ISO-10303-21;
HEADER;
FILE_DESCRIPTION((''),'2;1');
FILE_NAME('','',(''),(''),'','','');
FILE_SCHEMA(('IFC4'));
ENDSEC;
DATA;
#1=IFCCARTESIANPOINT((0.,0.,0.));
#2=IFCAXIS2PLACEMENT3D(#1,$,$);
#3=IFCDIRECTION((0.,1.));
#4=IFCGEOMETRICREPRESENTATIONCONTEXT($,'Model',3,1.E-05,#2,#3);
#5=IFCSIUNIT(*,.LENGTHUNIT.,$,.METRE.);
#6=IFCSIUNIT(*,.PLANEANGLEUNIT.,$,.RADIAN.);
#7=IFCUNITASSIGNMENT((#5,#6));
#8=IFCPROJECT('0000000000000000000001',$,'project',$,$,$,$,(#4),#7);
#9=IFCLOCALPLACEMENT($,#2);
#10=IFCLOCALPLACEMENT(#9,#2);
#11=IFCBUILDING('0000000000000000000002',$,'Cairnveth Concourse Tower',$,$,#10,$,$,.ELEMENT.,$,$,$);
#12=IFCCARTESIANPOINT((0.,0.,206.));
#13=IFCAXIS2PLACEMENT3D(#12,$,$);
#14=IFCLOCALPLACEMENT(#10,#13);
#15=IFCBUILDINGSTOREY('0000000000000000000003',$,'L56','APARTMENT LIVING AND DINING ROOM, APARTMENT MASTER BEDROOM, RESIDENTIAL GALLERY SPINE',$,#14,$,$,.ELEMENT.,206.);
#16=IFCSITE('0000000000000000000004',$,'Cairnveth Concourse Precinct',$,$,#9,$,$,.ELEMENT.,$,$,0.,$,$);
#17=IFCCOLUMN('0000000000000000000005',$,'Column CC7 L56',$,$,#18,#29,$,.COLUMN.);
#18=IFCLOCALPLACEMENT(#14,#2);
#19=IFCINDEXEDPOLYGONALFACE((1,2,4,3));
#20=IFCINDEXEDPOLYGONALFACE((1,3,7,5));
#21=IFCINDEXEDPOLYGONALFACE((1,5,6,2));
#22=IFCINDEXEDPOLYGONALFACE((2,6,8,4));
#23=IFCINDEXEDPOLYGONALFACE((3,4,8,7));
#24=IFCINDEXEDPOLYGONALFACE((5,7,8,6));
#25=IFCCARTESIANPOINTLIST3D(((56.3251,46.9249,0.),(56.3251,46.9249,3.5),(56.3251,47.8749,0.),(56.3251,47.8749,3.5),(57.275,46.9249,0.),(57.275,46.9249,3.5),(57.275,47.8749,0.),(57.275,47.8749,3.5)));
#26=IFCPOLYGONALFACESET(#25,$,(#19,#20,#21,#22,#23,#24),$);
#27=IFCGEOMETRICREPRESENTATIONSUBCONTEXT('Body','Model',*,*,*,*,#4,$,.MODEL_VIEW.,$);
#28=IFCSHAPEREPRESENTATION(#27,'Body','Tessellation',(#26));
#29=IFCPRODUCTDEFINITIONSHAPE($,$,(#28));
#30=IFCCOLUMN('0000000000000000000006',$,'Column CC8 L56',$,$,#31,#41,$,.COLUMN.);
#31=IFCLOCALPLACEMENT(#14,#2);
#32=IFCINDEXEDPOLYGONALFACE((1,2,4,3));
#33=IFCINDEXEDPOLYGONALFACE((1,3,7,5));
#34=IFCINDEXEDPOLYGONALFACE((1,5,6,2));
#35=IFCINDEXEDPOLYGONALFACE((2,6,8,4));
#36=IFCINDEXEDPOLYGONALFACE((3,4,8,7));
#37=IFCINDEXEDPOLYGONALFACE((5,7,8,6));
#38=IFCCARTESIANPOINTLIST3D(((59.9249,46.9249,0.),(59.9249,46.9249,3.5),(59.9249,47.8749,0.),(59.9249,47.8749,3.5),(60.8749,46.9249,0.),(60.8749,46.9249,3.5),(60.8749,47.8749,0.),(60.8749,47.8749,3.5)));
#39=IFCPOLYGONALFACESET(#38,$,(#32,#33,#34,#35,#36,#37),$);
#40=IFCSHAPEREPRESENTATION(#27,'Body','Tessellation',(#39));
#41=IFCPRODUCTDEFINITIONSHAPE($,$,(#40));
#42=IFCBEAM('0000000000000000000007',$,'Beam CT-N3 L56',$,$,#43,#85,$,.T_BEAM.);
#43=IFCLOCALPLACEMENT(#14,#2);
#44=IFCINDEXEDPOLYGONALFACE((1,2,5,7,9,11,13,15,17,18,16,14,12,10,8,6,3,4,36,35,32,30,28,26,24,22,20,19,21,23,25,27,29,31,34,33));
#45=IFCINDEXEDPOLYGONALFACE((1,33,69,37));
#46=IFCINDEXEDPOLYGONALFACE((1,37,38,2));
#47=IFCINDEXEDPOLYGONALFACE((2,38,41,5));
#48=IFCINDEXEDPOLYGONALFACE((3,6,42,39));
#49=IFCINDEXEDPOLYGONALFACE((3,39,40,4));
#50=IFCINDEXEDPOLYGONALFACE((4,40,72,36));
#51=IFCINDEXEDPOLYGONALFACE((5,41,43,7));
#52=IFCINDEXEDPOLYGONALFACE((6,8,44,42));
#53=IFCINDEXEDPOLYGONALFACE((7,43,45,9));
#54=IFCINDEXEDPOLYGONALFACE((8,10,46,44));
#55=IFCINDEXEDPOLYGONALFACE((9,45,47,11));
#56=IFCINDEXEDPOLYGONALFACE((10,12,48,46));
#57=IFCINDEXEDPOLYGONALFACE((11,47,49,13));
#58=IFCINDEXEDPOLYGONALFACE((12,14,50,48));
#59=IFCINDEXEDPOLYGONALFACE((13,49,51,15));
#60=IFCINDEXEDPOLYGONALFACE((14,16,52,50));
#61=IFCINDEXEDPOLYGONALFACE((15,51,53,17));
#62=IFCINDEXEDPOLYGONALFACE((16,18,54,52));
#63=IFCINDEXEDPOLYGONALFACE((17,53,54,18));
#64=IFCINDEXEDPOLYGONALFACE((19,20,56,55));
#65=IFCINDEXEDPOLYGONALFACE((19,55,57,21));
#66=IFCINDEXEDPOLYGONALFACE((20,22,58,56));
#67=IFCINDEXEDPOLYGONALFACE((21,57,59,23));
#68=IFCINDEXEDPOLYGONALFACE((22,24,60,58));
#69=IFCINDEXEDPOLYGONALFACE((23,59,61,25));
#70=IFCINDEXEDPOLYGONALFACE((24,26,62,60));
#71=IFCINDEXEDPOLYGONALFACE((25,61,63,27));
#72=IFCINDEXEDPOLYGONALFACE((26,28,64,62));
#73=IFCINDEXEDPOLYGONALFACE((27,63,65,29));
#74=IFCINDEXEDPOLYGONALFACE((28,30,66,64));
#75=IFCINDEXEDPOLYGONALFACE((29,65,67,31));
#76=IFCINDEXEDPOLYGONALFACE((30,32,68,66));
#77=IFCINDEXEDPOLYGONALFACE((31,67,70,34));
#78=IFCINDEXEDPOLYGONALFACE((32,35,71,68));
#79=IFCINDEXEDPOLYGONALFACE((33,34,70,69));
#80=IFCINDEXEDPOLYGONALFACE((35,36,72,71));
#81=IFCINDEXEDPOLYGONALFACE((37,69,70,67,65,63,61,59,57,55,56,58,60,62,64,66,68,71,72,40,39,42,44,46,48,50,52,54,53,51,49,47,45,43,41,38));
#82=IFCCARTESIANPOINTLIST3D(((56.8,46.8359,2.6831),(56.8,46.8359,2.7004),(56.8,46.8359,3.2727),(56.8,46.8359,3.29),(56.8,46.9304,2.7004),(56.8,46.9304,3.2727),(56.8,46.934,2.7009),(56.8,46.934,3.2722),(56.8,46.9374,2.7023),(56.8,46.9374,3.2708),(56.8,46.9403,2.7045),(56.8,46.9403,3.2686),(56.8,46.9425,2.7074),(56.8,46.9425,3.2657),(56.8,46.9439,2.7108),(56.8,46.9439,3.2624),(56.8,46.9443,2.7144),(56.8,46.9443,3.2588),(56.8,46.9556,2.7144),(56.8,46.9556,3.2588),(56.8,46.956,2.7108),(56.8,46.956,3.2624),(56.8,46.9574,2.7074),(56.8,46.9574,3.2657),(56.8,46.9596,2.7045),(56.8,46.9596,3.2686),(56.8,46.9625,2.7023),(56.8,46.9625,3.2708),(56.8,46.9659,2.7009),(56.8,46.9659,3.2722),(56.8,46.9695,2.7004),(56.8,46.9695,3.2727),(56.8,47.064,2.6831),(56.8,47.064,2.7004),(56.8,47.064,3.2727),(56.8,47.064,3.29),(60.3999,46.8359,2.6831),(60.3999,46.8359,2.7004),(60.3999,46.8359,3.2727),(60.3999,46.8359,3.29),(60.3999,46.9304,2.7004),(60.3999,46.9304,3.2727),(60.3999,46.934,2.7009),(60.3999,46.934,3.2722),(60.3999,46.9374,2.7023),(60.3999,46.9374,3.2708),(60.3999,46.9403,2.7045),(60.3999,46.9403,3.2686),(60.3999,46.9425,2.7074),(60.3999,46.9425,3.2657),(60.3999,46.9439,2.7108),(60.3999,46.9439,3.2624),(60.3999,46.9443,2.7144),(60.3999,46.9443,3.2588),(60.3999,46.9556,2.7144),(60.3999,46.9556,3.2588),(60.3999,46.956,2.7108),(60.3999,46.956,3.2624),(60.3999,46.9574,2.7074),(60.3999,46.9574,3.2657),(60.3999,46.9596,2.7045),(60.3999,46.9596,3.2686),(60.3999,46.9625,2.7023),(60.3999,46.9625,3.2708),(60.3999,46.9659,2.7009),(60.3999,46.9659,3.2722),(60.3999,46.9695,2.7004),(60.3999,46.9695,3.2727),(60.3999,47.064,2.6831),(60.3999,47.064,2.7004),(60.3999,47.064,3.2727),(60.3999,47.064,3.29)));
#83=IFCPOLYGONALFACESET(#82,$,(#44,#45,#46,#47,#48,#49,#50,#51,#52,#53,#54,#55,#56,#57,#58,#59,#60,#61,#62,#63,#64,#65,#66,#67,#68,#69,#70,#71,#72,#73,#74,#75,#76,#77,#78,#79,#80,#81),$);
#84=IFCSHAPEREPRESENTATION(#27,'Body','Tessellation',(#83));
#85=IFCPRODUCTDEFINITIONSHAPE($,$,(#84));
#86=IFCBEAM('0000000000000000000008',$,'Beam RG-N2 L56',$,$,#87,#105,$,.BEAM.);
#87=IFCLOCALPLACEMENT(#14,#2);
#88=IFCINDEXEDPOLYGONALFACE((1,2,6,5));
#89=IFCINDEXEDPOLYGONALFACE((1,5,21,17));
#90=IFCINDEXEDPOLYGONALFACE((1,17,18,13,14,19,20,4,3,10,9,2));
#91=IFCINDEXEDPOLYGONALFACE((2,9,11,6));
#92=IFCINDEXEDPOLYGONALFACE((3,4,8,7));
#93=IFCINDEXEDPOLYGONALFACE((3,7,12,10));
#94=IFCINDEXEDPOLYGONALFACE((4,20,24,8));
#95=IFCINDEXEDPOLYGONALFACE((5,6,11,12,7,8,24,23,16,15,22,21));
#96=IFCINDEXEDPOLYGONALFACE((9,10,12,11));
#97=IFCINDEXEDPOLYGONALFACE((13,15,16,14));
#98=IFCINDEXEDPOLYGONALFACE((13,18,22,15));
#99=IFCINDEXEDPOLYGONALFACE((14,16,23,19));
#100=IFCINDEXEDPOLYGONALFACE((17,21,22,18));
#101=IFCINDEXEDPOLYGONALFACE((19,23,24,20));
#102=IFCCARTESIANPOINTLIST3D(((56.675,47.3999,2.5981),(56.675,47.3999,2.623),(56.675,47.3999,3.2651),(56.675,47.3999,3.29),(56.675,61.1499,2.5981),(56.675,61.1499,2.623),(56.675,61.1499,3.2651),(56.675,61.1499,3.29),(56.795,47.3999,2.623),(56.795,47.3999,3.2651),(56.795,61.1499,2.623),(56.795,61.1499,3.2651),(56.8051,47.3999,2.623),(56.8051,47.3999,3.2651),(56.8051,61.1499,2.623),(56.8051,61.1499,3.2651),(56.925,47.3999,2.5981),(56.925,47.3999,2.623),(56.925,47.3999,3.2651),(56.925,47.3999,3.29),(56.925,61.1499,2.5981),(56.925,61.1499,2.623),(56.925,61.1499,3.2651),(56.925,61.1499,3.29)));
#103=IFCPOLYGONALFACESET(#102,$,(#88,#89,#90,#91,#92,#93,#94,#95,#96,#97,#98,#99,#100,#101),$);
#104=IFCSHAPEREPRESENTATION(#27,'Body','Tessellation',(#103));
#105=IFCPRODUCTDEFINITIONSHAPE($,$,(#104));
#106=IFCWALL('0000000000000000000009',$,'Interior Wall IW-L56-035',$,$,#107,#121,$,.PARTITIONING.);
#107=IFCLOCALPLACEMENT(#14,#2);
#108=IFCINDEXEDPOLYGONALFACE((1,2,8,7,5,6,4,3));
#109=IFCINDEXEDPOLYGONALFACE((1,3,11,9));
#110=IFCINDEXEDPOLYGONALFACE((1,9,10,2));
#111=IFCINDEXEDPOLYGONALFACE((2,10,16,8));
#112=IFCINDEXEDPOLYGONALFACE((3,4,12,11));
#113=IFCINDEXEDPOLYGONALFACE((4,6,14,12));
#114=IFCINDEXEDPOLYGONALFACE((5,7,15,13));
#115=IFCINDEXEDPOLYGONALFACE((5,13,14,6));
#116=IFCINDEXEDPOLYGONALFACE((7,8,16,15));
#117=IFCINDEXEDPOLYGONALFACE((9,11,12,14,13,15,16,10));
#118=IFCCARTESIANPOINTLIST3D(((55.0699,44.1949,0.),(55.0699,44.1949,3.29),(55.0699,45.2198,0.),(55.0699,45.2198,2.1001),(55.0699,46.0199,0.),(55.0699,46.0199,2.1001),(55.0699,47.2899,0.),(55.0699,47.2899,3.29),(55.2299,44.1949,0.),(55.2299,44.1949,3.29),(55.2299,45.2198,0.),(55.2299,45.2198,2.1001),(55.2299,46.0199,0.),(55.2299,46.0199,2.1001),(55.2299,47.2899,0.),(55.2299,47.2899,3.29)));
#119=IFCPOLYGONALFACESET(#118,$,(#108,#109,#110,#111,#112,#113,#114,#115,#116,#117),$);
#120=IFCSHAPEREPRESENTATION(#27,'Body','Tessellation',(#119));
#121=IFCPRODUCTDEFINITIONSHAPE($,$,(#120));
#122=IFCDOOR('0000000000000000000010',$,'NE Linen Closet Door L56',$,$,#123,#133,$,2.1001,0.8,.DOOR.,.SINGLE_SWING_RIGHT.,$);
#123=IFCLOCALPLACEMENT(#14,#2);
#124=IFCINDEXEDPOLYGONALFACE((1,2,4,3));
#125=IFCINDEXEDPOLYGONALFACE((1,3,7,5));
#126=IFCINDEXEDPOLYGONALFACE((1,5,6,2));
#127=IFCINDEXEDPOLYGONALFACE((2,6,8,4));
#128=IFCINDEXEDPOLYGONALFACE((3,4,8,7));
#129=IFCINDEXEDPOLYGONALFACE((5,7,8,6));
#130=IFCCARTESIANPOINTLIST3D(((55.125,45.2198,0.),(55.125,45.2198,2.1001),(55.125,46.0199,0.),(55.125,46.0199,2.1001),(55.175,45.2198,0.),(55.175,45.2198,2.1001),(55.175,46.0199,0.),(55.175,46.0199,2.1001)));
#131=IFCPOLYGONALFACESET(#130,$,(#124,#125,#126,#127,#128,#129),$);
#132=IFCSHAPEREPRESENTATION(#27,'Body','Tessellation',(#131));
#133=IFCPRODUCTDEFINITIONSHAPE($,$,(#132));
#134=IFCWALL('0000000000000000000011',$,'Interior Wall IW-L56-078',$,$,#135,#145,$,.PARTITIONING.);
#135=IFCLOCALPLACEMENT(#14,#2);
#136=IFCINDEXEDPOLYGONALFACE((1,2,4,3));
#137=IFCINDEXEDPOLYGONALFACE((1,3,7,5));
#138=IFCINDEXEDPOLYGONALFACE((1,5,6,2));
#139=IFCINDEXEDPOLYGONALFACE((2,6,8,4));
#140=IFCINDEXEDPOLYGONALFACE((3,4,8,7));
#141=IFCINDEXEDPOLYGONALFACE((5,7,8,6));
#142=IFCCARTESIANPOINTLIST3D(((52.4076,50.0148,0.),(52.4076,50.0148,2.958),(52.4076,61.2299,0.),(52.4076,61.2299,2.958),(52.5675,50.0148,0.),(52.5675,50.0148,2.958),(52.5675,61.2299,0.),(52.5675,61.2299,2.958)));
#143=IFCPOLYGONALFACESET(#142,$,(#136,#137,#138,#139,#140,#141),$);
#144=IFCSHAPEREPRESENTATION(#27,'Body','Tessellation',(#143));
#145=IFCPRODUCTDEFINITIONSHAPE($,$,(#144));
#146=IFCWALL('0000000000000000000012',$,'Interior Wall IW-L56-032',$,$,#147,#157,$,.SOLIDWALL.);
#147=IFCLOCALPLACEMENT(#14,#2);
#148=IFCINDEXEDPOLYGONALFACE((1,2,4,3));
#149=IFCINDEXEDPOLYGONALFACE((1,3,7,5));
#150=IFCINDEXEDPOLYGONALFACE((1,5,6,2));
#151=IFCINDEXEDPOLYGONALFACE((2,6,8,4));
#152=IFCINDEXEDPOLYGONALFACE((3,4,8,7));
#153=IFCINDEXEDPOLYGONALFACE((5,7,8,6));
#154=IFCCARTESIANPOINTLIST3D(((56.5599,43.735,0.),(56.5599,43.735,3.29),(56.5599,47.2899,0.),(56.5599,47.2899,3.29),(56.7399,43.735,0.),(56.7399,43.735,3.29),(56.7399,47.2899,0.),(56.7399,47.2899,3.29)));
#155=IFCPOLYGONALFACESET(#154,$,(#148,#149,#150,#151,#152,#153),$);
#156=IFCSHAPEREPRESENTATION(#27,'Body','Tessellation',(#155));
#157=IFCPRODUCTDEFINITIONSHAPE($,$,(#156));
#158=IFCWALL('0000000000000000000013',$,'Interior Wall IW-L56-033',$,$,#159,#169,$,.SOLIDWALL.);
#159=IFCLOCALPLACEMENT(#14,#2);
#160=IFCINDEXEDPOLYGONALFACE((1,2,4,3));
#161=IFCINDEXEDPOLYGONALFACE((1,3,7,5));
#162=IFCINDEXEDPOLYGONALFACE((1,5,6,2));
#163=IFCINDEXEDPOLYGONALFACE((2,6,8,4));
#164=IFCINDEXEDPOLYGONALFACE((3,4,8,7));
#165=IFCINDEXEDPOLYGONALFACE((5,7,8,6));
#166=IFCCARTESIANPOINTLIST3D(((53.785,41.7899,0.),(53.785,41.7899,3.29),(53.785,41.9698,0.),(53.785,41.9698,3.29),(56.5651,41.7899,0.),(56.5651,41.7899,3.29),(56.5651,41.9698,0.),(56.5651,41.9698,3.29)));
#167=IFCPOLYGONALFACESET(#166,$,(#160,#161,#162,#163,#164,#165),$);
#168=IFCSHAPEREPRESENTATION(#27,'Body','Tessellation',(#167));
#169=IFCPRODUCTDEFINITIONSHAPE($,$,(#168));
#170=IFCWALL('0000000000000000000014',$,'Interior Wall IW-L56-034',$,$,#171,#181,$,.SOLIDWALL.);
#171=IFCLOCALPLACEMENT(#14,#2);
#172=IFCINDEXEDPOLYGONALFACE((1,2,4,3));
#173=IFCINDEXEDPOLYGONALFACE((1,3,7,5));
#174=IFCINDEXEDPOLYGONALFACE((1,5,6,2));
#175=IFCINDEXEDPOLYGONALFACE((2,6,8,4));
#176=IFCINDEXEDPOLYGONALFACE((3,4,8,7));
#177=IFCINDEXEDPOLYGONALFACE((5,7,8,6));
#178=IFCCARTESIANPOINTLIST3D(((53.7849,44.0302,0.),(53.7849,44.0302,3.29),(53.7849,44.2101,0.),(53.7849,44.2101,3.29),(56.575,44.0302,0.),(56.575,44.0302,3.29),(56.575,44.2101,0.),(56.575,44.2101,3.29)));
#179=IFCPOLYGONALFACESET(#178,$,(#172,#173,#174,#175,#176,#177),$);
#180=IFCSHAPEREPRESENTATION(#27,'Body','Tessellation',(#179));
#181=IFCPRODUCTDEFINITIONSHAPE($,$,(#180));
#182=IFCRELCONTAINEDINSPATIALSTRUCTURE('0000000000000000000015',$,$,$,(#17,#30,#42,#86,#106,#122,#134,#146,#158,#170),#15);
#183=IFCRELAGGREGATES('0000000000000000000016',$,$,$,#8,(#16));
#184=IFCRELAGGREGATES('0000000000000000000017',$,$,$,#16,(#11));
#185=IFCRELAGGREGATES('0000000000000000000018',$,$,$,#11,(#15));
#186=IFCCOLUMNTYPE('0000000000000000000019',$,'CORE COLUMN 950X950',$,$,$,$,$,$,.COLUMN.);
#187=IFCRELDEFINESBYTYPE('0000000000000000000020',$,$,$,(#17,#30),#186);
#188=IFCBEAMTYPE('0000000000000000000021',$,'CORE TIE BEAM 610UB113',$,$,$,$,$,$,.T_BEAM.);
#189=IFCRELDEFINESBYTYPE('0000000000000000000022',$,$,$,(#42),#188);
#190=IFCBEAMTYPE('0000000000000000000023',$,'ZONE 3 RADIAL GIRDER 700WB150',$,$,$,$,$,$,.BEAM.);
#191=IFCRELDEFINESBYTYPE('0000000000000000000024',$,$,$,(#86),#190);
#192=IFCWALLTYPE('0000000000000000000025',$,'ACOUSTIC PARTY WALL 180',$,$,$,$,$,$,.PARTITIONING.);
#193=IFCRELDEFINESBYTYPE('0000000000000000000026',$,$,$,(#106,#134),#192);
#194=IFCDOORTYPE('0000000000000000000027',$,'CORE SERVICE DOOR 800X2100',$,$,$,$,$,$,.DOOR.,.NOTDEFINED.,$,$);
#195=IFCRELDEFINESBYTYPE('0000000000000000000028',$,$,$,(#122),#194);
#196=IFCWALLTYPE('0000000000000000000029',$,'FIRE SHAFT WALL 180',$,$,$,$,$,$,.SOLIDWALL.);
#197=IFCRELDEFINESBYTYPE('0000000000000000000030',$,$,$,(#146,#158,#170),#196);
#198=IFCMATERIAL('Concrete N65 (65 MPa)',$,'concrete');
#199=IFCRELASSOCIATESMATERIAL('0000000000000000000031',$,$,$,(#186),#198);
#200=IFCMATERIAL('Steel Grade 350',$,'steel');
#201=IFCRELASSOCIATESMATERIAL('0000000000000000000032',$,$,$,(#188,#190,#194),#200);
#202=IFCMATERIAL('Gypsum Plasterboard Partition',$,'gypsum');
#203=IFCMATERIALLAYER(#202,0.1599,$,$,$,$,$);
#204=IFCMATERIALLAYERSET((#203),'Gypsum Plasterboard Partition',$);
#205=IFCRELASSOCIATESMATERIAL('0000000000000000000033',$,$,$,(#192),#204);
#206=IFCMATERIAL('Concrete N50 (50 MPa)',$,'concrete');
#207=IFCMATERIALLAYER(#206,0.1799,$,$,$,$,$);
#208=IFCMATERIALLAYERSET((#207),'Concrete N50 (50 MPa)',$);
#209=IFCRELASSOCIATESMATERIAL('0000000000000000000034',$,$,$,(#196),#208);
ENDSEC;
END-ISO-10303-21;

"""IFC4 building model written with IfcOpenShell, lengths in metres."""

from ifc_helpers import new_model, si_unit, direction, frame, frame_2d, origin, origin_2d, place, context, subcontext, project, spatial, rectangle, i_section, extrude, material, layer, layer_set, material_profile, profile_set, type_object, element, fill, save


model = new_model("IFC4")

# Units and contexts
model_context = context("Model", 3, precision=1e-05, world=origin(), true_north=direction((0.0, 1.0)))
body_context = subcontext(model_context, "Body", "Model", "MODEL_VIEW")
ifc_project = project(units=[si_unit("LENGTHUNIT", "METRE"), si_unit("PLANEANGLEUNIT", "RADIAN")], contexts=[model_context])

# Site, building, storey
site_placement = place(None, origin())
site = spatial("IfcSite", under=ifc_project, at=site_placement, Name="Cairnveth Concourse Precinct", CompositionType="ELEMENT", RefElevation=0.0)
building_placement = place(site_placement, origin())
building = spatial("IfcBuilding", under=site, at=building_placement, Name="Cairnveth Concourse Tower", CompositionType="ELEMENT")
storey_placement = place(building_placement, frame((0.0, 0.0, 206.0)))
storey = spatial("IfcBuildingStorey", under=building, at=storey_placement, Name="L56", Description="APARTMENT LIVING AND DINING ROOM, APARTMENT MASTER BEDROOM, RESIDENTIAL GALLERY SPINE", CompositionType="ELEMENT", Elevation=206.0)

# Columns
ifc_material_1 = material(Name="Concrete N65 (65 MPa)", Category="concrete")
ifc_material_profile_1 = material_profile(ifc_material_1, rectangle(XDim=0.95, YDim=0.95, at=origin_2d()), Name="RC-COL-950x950")
ifc_profile_set_1 = profile_set([ifc_material_profile_1], Name="Concrete N65 (65 MPa)")
column_type = type_object("IfcColumnType", Name="CORE COLUMN 950X950", PredefinedType="COLUMN", material=ifc_profile_set_1)
for number, where, z_axis, x_axis, name in (
    (1, (56.8, 47.3999, 0.0), (0.0, 0.0, 1.0), (1.0, 0.0, 0.0), "Column CC7 L56"),
    (2, (60.3999, 47.3999, 0.0), (0.0, 0.0, 1.0), (1.0, 0.0, 0.0), "Column CC8 L56"),
):
    element("IfcColumn", number, at=place(storey_placement, frame(where, z_axis=z_axis, x_axis=x_axis)), inside=storey, type_object=column_type, Name=name, PredefinedType="COLUMN", context=body_context, shape_type="SweptSolid", body=[
        extrude(rectangle(XDim=0.95, YDim=0.95, at=origin_2d()), origin(), (0.0, 0.0, 1.0), 3.5),
    ])

# Beams
ifc_material_2 = material(Name="Steel Grade 350", Category="steel")
ifc_material_profile_2 = material_profile(ifc_material_2, i_section(OverallWidth=0.228, OverallDepth=0.6069, WebThickness=0.0112, FlangeThickness=0.0173, FilletRadius=0.0139, at=origin_2d()), Name="610UB113")
ifc_profile_set_2 = profile_set([ifc_material_profile_2], Name="Steel Grade 350")
beam_type_1 = type_object("IfcBeamType", Name="CORE TIE BEAM 610UB113", PredefinedType="T_BEAM", material=ifc_profile_set_2)
beam_1_placement = place(storey_placement, frame((56.8, 46.95, 2.9866), z_axis=(1.0, 0.0, 0.0), x_axis=(0.0, 1.0, 0.0)))
element("IfcBeam", 3, at=beam_1_placement, inside=storey, type_object=beam_type_1, Name="Beam CT-N3 L56", PredefinedType="T_BEAM", context=body_context, shape_type="SweptSolid", body=[
    extrude(i_section(OverallWidth=0.228, OverallDepth=0.6069, WebThickness=0.0112, FlangeThickness=0.0173, FilletRadius=0.0139, at=origin_2d()), origin(), (0.0, 0.0, 1.0), 3.5999),
])
ifc_material_profile_3 = material_profile(ifc_material_2, i_section(OverallWidth=0.25, OverallDepth=0.6919, WebThickness=0.01, FlangeThickness=0.0249, at=origin_2d()), Name="700WB150")
ifc_profile_set_3 = profile_set([ifc_material_profile_3], Name="Steel Grade 350")
beam_type_2 = type_object("IfcBeamType", Name="ZONE 3 RADIAL GIRDER 700WB150", PredefinedType="BEAM", material=ifc_profile_set_3)
beam_2_placement = place(storey_placement, frame((56.8, 47.3999, 2.9441), z_axis=(0.0, 1.0, 0.0), x_axis=(-1.0, 0.0, 0.0)))
element("IfcBeam", 4, at=beam_2_placement, inside=storey, type_object=beam_type_2, Name="Beam RG-N2 L56", PredefinedType="BEAM", context=body_context, shape_type="SweptSolid", body=[
    extrude(i_section(OverallWidth=0.25, OverallDepth=0.6919, WebThickness=0.01, FlangeThickness=0.0249, at=origin_2d()), origin(), (0.0, 0.0, 1.0), 13.75),
])

# Wall, opening, door
ifc_material_3 = material(Name="Gypsum Plasterboard Partition", Category="gypsum")
ifc_layer_1 = layer(ifc_material_3, 0.1599)
ifc_layer_set_1 = layer_set([ifc_layer_1], Name="Gypsum Plasterboard Partition")
wall_type_1 = type_object("IfcWallType", Name="ACOUSTIC PARTY WALL 180", PredefinedType="PARTITIONING", material=ifc_layer_set_1)
wall_1_placement = place(storey_placement, frame((55.1499, 44.1951, 0.0), z_axis=(0.0, 0.0, 1.0), x_axis=(0.0, 1.0, 0.0)))
wall_1 = element("IfcWall", 5, at=wall_1_placement, inside=storey, type_object=wall_type_1, Name="Interior Wall IW-L56-035", PredefinedType="PARTITIONING", context=body_context, shape_type="SweptSolid", body=[
    extrude(rectangle(XDim=3.095, YDim=0.1599, at=frame_2d((1.5474, 0.0))), origin(), (0.0, 0.0, 1.0), 3.29),
])
opening_1_placement = place(wall_1_placement, frame((1.0249, 0.0, 0.0)))
opening_1 = element("IfcOpeningElement", 6, at=opening_1_placement, cuts=wall_1, PredefinedType="OPENING", context=body_context, shape_type="SweptSolid", body=[
    extrude(rectangle(XDim=0.8, YDim=2.1001, at=frame_2d((0.3999, 1.05))), frame((0.0, 0.0898, 0.0), z_axis=(0.0, -1.0, 0.0), x_axis=(1.0, 0.0, 0.0)), (0.0, 0.0, 1.0), 0.1799),
])
door_type_1 = type_object("IfcDoorType", Name="CORE SERVICE DOOR 800X2100", OperationType="NOTDEFINED", PredefinedType="DOOR", material=ifc_material_2)
door_1_placement = place(opening_1_placement, origin())
door_1 = element("IfcDoor", 7, at=door_1_placement, inside=storey, type_object=door_type_1, Name="NE Linen Closet Door L56", OperationType="SINGLE_SWING_RIGHT", OverallHeight=2.1001, OverallWidth=0.8, PredefinedType="DOOR", context=body_context, shape_type="SweptSolid", body=[
    extrude(rectangle(XDim=0.8, YDim=2.1001, at=frame_2d((0.3999, 1.05))), frame((0.0, 0.0249, 0.0), z_axis=(0.0, -1.0, 0.0), x_axis=(1.0, 0.0, 0.0)), (0.0, 0.0, 1.0), 0.05),
])
fill(opening_1, door_1)

# Walls
wall_2_placement = place(storey_placement, frame((52.4875, 50.0149, 0.0), z_axis=(0.0, 0.0, 1.0), x_axis=(0.0, 1.0, 0.0)))
element("IfcWall", 8, at=wall_2_placement, inside=storey, type_object=wall_type_1, Name="Interior Wall IW-L56-078", PredefinedType="PARTITIONING", context=body_context, shape_type="SweptSolid", body=[
    extrude(rectangle(XDim=11.2151, YDim=0.1599, at=frame_2d((5.6074, 0.0))), origin(), (0.0, 0.0, 1.0), 2.958),
])
ifc_material_4 = material(Name="Concrete N50 (50 MPa)", Category="concrete")
ifc_layer_2 = layer(ifc_material_4, 0.1799)
ifc_layer_set_2 = layer_set([ifc_layer_2], Name="Concrete N50 (50 MPa)")
wall_type_2 = type_object("IfcWallType", Name="FIRE SHAFT WALL 180", PredefinedType="SOLIDWALL", material=ifc_layer_set_2)
wall_3_placement = place(storey_placement, frame((56.6499, 43.7351, 0.0), z_axis=(0.0, 0.0, 1.0), x_axis=(0.0, 1.0, 0.0)))
element("IfcWall", 9, at=wall_3_placement, inside=storey, type_object=wall_type_2, Name="Interior Wall IW-L56-032", PredefinedType="SOLIDWALL", context=body_context, shape_type="SweptSolid", body=[
    extrude(rectangle(XDim=3.5549, YDim=0.1799, at=frame_2d((1.7773, 0.0))), origin(), (0.0, 0.0, 1.0), 3.29),
])
wall_4_placement = place(storey_placement, frame((53.7849, 41.8799, 0.0), z_axis=(0.0, 0.0, 1.0), x_axis=(1.0, 0.0, 0.0)))
element("IfcWall", 10, at=wall_4_placement, inside=storey, type_object=wall_type_2, Name="Interior Wall IW-L56-033", PredefinedType="SOLIDWALL", context=body_context, shape_type="SweptSolid", body=[
    extrude(rectangle(XDim=2.78, YDim=0.1799, at=frame_2d((1.3901, 0.0))), origin(), (0.0, 0.0, 1.0), 3.29),
])
wall_5_placement = place(storey_placement, frame((53.7849, 44.1201, 0.0), z_axis=(0.0, 0.0, 1.0), x_axis=(1.0, 0.0, 0.0)))
element("IfcWall", 11, at=wall_5_placement, inside=storey, type_object=wall_type_2, Name="Interior Wall IW-L56-034", PredefinedType="SOLIDWALL", context=body_context, shape_type="SweptSolid", body=[
    extrude(rectangle(XDim=2.79, YDim=0.1799, at=frame_2d((1.395, 0.0))), origin(), (0.0, 0.0, 1.0), 3.29),
])

save(model, "model.ifc")
